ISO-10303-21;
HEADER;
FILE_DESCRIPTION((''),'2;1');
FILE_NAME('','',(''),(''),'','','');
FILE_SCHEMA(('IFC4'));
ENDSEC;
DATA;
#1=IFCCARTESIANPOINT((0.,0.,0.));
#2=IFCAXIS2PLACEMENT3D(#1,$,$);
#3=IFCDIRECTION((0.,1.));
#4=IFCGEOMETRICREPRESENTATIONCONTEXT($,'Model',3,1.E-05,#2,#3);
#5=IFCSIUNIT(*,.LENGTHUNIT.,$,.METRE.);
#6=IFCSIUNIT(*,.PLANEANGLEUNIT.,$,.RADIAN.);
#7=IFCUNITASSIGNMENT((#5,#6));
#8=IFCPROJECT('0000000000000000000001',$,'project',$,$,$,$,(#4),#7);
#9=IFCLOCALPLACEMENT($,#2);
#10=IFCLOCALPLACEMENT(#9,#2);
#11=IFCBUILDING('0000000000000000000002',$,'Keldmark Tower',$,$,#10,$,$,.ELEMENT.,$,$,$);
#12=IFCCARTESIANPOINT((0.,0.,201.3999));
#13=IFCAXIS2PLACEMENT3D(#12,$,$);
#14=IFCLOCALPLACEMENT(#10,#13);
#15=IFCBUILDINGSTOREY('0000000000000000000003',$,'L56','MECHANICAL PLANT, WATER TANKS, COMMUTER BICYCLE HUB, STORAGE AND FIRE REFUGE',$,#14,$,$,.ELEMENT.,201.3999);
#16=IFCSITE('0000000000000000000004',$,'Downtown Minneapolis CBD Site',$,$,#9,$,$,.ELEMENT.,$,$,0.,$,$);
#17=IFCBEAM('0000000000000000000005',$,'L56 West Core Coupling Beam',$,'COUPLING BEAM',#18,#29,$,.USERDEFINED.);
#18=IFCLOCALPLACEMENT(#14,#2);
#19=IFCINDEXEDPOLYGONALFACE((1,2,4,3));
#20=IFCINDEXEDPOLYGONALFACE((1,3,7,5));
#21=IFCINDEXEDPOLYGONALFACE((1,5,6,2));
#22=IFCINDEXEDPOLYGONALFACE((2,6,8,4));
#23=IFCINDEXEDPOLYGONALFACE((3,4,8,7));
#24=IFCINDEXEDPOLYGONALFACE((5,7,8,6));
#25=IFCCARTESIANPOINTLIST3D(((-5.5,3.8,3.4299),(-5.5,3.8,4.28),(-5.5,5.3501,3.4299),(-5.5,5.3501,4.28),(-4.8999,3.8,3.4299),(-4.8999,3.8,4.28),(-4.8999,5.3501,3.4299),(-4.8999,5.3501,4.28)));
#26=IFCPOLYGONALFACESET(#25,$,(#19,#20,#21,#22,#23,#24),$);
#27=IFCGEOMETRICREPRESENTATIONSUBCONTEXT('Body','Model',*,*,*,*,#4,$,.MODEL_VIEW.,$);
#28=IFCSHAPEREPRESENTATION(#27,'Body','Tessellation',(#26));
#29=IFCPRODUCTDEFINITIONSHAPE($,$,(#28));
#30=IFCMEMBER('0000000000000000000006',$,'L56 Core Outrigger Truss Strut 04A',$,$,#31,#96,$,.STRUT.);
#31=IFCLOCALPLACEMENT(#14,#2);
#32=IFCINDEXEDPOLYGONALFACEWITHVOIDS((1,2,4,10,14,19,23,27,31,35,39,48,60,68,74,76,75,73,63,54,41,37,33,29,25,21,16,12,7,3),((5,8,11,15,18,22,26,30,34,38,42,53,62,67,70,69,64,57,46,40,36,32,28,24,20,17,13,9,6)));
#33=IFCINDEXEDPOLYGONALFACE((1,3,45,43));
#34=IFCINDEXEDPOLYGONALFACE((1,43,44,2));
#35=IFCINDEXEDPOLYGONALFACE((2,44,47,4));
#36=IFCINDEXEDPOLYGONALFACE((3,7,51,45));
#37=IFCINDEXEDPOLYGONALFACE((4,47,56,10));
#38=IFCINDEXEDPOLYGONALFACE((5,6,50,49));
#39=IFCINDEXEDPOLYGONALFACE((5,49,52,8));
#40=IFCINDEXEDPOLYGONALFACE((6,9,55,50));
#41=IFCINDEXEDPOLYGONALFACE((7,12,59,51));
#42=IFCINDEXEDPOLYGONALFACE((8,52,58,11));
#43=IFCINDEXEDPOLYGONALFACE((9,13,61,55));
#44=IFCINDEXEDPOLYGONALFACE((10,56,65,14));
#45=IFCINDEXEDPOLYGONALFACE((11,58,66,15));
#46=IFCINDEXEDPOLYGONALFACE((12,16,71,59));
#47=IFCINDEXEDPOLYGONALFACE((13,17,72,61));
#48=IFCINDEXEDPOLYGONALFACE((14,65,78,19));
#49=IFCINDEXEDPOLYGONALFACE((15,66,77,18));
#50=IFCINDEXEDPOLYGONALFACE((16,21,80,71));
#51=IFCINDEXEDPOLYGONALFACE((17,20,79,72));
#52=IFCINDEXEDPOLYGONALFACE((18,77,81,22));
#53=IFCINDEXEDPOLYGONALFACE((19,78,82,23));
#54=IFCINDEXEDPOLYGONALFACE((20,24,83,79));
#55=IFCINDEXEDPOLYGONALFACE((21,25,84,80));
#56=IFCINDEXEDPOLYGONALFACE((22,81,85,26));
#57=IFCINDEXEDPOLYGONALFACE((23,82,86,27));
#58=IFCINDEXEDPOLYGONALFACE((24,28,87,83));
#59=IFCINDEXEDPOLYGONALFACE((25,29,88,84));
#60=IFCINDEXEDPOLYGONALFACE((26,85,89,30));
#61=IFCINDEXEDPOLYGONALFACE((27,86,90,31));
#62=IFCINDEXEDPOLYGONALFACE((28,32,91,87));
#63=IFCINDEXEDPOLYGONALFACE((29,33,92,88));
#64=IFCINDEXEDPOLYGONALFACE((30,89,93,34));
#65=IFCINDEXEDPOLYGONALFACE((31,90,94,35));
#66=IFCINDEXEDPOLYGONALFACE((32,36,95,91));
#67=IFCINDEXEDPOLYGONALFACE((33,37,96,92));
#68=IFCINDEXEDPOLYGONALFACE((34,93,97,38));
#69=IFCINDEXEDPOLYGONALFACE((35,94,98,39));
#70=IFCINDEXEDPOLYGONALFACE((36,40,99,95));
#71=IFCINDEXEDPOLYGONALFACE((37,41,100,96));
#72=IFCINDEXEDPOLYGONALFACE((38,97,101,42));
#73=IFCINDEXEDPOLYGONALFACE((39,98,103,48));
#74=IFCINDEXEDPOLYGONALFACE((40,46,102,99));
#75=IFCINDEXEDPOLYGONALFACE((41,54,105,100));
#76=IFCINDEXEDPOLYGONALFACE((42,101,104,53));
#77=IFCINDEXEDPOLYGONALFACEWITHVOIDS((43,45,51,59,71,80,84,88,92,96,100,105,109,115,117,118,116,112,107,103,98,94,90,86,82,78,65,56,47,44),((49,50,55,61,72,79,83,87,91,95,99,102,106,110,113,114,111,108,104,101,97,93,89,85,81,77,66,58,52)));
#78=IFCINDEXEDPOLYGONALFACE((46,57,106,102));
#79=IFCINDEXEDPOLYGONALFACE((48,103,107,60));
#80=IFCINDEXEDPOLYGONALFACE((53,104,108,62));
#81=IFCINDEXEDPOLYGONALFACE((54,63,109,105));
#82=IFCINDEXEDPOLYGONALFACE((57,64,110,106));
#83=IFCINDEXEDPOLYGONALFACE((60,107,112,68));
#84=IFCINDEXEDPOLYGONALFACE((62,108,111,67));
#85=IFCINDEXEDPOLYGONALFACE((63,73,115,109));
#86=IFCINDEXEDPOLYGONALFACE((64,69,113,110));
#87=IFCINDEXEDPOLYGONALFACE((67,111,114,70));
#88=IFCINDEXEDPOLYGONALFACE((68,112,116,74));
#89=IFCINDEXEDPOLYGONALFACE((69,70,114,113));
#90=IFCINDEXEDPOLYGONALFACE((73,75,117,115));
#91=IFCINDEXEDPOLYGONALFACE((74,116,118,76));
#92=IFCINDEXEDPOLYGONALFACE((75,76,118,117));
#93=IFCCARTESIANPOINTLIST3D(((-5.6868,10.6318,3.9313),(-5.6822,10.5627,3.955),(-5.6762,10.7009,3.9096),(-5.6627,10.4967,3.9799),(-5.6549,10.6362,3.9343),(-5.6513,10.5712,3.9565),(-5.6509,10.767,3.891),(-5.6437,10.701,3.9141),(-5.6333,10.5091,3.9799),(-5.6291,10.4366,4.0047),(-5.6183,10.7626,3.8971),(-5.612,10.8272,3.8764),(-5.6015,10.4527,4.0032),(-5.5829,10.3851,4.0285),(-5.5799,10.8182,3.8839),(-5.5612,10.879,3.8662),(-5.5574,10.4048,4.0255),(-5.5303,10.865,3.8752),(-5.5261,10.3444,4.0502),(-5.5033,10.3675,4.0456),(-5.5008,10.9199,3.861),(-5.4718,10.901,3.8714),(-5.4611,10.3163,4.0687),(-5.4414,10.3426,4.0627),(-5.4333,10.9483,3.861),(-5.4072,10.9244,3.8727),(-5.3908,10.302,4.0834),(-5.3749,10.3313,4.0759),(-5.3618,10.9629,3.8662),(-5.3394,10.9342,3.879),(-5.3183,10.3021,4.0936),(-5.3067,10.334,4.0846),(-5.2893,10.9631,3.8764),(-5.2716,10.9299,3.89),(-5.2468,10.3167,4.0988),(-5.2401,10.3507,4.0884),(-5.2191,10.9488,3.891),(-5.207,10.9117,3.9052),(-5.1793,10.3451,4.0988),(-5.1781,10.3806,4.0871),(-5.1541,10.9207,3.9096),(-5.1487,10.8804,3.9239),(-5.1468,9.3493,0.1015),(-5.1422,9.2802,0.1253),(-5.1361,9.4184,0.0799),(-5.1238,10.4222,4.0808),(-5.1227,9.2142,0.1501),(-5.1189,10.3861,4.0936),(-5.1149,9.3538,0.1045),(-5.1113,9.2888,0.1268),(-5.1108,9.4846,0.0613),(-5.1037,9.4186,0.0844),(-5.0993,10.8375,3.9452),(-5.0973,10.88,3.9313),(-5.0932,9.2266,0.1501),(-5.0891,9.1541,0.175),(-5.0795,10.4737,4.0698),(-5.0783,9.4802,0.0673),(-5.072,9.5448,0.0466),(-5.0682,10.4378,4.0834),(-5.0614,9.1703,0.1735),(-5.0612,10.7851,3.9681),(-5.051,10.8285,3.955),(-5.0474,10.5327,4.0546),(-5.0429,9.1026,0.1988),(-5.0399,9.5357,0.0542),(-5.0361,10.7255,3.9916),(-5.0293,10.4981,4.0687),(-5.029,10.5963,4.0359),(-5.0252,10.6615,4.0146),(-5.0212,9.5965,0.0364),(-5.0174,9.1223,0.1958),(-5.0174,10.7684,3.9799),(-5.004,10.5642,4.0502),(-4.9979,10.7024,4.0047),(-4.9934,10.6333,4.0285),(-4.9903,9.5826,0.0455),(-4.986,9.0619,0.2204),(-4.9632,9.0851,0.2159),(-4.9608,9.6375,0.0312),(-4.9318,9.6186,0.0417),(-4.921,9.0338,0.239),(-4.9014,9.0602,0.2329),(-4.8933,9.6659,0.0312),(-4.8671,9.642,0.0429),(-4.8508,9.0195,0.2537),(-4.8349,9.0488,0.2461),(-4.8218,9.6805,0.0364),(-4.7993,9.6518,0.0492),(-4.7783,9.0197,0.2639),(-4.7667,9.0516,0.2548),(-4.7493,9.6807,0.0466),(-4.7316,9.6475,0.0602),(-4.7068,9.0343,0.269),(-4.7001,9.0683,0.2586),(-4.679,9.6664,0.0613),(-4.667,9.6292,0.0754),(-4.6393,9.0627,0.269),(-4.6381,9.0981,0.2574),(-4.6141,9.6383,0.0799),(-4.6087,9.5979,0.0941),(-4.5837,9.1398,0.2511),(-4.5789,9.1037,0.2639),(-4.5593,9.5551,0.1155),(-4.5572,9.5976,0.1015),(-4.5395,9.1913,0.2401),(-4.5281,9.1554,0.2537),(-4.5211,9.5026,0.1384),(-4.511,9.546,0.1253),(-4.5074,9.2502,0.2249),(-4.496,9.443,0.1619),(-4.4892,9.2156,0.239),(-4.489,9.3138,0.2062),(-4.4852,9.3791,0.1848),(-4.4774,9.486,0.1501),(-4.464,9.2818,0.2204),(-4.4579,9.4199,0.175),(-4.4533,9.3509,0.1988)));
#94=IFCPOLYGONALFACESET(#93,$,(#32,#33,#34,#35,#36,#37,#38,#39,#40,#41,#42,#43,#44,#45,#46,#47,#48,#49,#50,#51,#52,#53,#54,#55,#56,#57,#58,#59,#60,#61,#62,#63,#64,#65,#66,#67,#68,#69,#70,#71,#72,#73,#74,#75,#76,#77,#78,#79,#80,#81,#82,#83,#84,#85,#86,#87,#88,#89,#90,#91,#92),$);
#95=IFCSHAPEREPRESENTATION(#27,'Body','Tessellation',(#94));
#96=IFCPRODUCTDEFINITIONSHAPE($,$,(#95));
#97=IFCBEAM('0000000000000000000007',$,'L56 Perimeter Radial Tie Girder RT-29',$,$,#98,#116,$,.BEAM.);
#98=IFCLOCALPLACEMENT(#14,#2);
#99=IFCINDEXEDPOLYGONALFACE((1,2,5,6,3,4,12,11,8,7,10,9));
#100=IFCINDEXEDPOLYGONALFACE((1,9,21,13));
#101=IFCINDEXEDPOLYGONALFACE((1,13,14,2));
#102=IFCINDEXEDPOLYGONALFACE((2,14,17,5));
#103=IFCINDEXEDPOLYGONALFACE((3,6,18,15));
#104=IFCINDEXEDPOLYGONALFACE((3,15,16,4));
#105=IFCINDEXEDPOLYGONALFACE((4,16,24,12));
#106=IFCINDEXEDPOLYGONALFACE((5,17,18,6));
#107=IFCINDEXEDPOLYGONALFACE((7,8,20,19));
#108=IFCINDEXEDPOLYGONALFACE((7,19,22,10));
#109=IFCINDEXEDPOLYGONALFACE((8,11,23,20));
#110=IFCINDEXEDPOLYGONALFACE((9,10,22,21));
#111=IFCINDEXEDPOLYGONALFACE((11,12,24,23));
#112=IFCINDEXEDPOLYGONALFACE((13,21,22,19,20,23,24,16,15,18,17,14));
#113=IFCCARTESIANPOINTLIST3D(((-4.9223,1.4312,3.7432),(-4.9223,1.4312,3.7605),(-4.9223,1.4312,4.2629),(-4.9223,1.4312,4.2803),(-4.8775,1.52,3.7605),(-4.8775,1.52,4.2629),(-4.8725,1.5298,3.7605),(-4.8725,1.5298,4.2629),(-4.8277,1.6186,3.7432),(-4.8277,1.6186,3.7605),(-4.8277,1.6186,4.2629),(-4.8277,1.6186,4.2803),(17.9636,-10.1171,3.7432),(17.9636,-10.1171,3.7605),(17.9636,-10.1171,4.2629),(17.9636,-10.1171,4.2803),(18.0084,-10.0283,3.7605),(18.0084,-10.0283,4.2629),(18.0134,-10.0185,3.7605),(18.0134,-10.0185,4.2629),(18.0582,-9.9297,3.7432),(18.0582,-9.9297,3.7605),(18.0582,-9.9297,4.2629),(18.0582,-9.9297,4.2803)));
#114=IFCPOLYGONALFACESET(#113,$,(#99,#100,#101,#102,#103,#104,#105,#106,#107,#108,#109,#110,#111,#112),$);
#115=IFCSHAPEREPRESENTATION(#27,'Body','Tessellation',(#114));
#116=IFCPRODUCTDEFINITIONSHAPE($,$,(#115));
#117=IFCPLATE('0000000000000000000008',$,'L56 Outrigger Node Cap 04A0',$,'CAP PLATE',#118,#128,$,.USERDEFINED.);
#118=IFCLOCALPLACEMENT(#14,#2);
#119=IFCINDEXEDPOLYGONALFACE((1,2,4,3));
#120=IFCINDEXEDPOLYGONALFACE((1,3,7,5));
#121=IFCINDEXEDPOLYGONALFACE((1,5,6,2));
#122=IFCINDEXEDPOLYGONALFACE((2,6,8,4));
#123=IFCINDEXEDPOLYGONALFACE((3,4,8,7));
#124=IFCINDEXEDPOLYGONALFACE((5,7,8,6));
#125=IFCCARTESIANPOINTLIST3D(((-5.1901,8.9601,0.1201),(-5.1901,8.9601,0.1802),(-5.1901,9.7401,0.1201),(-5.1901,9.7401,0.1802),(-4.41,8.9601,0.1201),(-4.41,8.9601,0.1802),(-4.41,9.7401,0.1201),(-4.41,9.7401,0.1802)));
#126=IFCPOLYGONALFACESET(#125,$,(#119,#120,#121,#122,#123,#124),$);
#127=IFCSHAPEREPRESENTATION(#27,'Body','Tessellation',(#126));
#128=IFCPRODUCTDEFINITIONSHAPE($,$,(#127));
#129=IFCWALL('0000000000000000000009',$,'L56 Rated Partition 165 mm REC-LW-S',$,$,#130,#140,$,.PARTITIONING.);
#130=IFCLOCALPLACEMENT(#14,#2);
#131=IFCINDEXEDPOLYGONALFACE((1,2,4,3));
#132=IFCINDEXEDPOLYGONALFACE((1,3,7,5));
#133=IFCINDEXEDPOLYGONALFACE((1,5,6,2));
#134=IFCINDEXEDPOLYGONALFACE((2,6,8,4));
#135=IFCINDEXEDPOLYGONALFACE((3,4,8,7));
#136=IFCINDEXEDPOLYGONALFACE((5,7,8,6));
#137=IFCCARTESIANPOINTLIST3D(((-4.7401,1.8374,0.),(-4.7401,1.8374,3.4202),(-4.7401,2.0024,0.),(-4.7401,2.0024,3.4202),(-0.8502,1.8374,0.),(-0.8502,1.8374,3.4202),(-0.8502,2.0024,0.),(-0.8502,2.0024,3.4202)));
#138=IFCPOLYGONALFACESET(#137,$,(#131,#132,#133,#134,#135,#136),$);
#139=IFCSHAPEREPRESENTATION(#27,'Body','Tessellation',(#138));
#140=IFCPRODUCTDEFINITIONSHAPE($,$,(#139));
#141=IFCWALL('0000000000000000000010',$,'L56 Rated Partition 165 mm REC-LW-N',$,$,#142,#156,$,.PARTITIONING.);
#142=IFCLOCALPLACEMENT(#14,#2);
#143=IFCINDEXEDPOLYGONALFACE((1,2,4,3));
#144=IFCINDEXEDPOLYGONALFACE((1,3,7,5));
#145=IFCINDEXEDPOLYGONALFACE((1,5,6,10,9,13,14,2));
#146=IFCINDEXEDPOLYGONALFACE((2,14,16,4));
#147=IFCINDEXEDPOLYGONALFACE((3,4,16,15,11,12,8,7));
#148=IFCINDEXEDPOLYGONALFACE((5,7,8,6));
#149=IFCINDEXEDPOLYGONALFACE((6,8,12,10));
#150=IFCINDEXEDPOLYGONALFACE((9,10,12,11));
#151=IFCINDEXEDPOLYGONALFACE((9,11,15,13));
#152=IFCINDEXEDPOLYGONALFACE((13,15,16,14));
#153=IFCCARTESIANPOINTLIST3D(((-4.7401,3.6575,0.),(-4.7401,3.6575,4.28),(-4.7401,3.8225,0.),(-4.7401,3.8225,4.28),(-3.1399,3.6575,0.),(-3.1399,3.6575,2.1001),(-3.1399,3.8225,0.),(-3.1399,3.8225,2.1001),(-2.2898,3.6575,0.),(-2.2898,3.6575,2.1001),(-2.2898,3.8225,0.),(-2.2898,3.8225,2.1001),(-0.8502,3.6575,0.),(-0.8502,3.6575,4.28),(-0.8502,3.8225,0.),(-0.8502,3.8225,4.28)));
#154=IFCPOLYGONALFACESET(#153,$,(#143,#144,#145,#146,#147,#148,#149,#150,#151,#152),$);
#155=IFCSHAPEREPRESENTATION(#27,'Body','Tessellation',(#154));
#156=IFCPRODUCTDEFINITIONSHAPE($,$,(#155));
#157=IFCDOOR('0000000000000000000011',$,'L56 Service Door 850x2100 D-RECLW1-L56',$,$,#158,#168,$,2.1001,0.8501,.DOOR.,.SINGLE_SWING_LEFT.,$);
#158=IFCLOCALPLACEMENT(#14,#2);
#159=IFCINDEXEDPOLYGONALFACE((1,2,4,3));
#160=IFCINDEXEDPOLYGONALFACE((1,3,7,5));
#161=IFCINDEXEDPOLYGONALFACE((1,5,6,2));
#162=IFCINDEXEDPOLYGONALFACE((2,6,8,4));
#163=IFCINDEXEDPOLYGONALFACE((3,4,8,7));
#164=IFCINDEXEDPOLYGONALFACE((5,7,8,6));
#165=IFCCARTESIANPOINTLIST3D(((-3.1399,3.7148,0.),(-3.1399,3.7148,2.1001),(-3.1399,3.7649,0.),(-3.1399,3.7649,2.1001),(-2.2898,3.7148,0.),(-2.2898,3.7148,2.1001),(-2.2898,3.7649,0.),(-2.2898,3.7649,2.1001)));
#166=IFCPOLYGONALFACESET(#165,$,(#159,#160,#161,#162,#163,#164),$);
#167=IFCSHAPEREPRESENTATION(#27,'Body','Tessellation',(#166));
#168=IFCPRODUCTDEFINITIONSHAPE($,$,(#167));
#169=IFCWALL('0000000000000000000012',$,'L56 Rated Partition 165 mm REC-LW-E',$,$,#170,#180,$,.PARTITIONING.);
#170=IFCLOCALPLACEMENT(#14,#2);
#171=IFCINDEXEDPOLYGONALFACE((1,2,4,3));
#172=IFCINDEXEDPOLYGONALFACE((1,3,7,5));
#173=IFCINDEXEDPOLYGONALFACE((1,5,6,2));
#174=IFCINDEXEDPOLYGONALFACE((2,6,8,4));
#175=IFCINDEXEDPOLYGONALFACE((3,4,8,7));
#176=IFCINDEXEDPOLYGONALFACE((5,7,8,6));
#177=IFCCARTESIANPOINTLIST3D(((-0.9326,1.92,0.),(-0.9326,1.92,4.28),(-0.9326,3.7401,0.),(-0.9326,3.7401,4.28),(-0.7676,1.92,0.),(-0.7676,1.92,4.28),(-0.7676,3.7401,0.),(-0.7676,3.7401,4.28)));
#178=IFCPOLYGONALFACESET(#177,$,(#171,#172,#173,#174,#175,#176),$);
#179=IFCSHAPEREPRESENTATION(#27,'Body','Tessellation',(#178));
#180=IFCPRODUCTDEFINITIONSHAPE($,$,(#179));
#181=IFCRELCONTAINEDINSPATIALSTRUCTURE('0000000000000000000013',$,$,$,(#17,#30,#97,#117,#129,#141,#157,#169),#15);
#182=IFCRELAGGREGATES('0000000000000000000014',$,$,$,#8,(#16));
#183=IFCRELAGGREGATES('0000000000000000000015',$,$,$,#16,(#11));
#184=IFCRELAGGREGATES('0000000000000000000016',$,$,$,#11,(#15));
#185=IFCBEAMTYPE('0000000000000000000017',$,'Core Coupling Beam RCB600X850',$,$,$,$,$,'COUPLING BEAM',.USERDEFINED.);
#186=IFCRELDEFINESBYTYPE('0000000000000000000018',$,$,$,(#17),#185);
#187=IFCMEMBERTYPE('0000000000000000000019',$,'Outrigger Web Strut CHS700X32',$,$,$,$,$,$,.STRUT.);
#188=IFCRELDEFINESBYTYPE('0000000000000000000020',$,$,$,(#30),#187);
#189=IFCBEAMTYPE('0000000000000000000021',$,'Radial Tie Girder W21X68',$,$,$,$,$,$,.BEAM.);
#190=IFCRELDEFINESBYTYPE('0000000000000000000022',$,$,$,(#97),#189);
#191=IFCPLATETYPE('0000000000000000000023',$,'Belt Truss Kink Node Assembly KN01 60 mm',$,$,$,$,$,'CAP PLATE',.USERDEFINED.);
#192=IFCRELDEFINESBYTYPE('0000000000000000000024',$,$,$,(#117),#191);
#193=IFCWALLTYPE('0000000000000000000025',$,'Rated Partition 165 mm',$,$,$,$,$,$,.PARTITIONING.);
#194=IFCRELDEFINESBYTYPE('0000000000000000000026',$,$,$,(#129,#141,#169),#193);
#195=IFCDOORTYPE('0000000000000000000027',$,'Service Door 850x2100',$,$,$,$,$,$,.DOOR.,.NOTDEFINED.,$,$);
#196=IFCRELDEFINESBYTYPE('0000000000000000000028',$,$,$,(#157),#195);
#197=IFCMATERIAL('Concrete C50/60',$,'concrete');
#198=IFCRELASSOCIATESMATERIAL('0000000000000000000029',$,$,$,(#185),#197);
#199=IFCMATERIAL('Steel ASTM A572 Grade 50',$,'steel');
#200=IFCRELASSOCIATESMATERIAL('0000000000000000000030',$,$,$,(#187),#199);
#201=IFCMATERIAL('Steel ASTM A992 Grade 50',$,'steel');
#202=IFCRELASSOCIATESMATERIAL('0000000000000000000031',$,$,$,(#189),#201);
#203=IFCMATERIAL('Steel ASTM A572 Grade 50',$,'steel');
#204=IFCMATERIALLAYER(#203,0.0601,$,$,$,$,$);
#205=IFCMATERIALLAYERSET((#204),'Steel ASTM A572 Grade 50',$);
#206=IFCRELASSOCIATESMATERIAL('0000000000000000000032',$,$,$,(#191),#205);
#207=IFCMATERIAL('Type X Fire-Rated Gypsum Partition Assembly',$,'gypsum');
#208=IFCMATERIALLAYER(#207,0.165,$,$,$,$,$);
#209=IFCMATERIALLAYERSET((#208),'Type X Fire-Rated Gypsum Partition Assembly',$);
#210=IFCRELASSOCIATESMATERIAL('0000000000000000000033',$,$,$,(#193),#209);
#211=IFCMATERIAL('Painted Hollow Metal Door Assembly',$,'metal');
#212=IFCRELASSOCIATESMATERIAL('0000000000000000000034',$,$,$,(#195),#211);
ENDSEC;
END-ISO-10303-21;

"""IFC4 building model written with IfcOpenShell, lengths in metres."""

from ifc_helpers import new_model, si_unit, direction, frame, frame_2d, origin, origin_2d, place, context, subcontext, project, spatial, rectangle, hollow_circle, i_section, extrude, material, layer, layer_set, material_profile, profile_set, type_object, element, fill, save


model = new_model("IFC4")

# Units and contexts
model_context = context("Model", 3, precision=1e-05, world=origin(), true_north=direction((0.0, 1.0)))
body_context = subcontext(model_context, "Body", "Model", "MODEL_VIEW")
ifc_project = project(units=[si_unit("LENGTHUNIT", "METRE"), si_unit("PLANEANGLEUNIT", "RADIAN")], contexts=[model_context])

# Site, building, storey
site_placement = place(None, origin())
site = spatial("IfcSite", under=ifc_project, at=site_placement, Name="Downtown Minneapolis CBD Site", CompositionType="ELEMENT", RefElevation=0.0)
building_placement = place(site_placement, origin())
building = spatial("IfcBuilding", under=site, at=building_placement, Name="Keldmark Tower", CompositionType="ELEMENT")
storey_placement = place(building_placement, frame((0.0, 0.0, 201.3999)))
storey = spatial("IfcBuildingStorey", under=building, at=storey_placement, Name="L56", Description="MECHANICAL PLANT, WATER TANKS, COMMUTER BICYCLE HUB, STORAGE AND FIRE REFUGE", CompositionType="ELEMENT", Elevation=201.3999)

# Beam
ifc_material_1 = material(Name="Concrete C50/60", Category="concrete")
ifc_material_profile_1 = material_profile(ifc_material_1, rectangle(XDim=0.6001, YDim=0.8501, at=origin_2d()), Name="RCB600X850")
ifc_profile_set_1 = profile_set([ifc_material_profile_1], Name="Concrete C50/60")
beam_type_1 = type_object("IfcBeamType", Name="Core Coupling Beam RCB600X850", ElementType="COUPLING BEAM", PredefinedType="USERDEFINED", material=ifc_profile_set_1)
beam_1_placement = place(storey_placement, frame((-5.2, 3.8, 3.855), z_axis=(0.0, 1.0, 0.0), x_axis=(-1.0, 0.0, 0.0)))
element("IfcBeam", 1, at=beam_1_placement, inside=storey, type_object=beam_type_1, Name="L56 West Core Coupling Beam", ObjectType="COUPLING BEAM", PredefinedType="USERDEFINED", context=body_context, shape_type="SweptSolid", body=[
    extrude(rectangle(XDim=0.6001, YDim=0.8501, at=origin_2d()), origin(), (0.0, 0.0, 1.0), 1.55),
])

# Member
ifc_material_2 = material(Name="Steel ASTM A572 Grade 50", Category="steel")
ifc_material_profile_2 = material_profile(ifc_material_2, hollow_circle(Radius=0.3501, WallThickness=0.032, at=origin_2d()), Name="CHS700X32")
ifc_profile_set_2 = profile_set([ifc_material_profile_2], Name="Steel ASTM A572 Grade 50")
member_type = type_object("IfcMemberType", Name="Outrigger Web Strut CHS700X32", PredefinedType="STRUT", material=ifc_profile_set_2)
member_placement = place(storey_placement, frame((-4.8, 9.3501, 0.1501), z_axis=(-0.132531, 0.314732, 0.939883), x_axis=(-0.921622, -0.388088, 0.0)))
element("IfcMember", 2, at=member_placement, inside=storey, type_object=member_type, Name="L56 Core Outrigger Truss Strut 04A", PredefinedType="STRUT", context=body_context, shape_type="SweptSolid", body=[
    extrude(hollow_circle(Radius=0.3501, WallThickness=0.032, at=origin_2d()), origin(), (0.0, 0.0, 1.0), 4.0747),
])

# Beam
ifc_material_3 = material(Name="Steel ASTM A992 Grade 50", Category="steel")
ifc_material_profile_3 = material_profile(ifc_material_3, i_section(OverallWidth=0.21, OverallDepth=0.5371, WebThickness=0.011, FlangeThickness=0.0173, at=origin_2d()), Name="W21X68")
ifc_profile_set_3 = profile_set([ifc_material_profile_3], Name="Steel ASTM A992 Grade 50")
beam_type_2 = type_object("IfcBeamType", Name="Radial Tie Girder W21X68", PredefinedType="BEAM", material=ifc_profile_set_3)
beam_2_placement = place(storey_placement, frame((-4.875, 1.5249, 4.0117), z_axis=(0.892777, -0.450498, 0.0), x_axis=(0.450498, 0.892777, 0.0)))
element("IfcBeam", 3, at=beam_2_placement, inside=storey, type_object=beam_type_2, Name="L56 Perimeter Radial Tie Girder RT-29", PredefinedType="BEAM", context=body_context, shape_type="SweptSolid", body=[
    extrude(i_section(OverallWidth=0.21, OverallDepth=0.5371, WebThickness=0.011, FlangeThickness=0.0173, at=origin_2d()), origin(), (0.0, 0.0, 1.0), 25.6345),
])

# Plate
ifc_material_4 = material(Name="Steel ASTM A572 Grade 50", Category="steel")
ifc_layer_1 = layer(ifc_material_4, 0.0601)
ifc_layer_set_1 = layer_set([ifc_layer_1], Name="Steel ASTM A572 Grade 50")
plate_type = type_object("IfcPlateType", Name="Belt Truss Kink Node Assembly KN01 60 mm", ElementType="CAP PLATE", PredefinedType="USERDEFINED", material=ifc_layer_set_1)
plate_placement = place(storey_placement, frame((-4.8, 9.3501, 0.1201), z_axis=(0.0, 0.0, 1.0), x_axis=(1.0, 0.0, 0.0)))
element("IfcPlate", 4, at=plate_placement, inside=storey, type_object=plate_type, Name="L56 Outrigger Node Cap 04A0", ObjectType="CAP PLATE", PredefinedType="USERDEFINED", context=body_context, shape_type="SweptSolid", body=[
    extrude(rectangle(XDim=0.78, YDim=0.78, at=origin_2d()), origin(), (0.0, 0.0, 1.0), 0.0601),
])

# Wall
ifc_material_5 = material(Name="Type X Fire-Rated Gypsum Partition Assembly", Category="gypsum")
ifc_layer_2 = layer(ifc_material_5, 0.165)
ifc_layer_set_2 = layer_set([ifc_layer_2], Name="Type X Fire-Rated Gypsum Partition Assembly")
wall_type_1 = type_object("IfcWallType", Name="Rated Partition 165 mm", PredefinedType="PARTITIONING", material=ifc_layer_set_2)
wall_1_placement = place(storey_placement, frame((-4.74, 1.9199, 0.0), z_axis=(0.0, 0.0, 1.0), x_axis=(1.0, 0.0, 0.0)))
element("IfcWall", 5, at=wall_1_placement, inside=storey, type_object=wall_type_1, Name="L56 Rated Partition 165 mm REC-LW-S", PredefinedType="PARTITIONING", context=body_context, shape_type="SweptSolid", body=[
    extrude(rectangle(XDim=3.8899, YDim=0.165, at=frame_2d((1.9448, 0.0))), origin(), (0.0, 0.0, 1.0), 3.4202),
])

# Wall, opening, door
wall_2_placement = place(storey_placement, frame((-4.74, 3.74, 0.0), z_axis=(0.0, 0.0, 1.0), x_axis=(1.0, 0.0, 0.0)))
wall_2 = element("IfcWall", 6, at=wall_2_placement, inside=storey, type_object=wall_type_1, Name="L56 Rated Partition 165 mm REC-LW-N", PredefinedType="PARTITIONING", context=body_context, shape_type="SweptSolid", body=[
    extrude(rectangle(XDim=3.8899, YDim=0.165, at=frame_2d((1.9448, 0.0))), origin(), (0.0, 0.0, 1.0), 4.28),
])
opening_1_placement = place(wall_2_placement, frame((1.6001, 0.0, 0.0)))
opening_1 = element("IfcOpeningElement", 7, at=opening_1_placement, cuts=wall_2, PredefinedType="OPENING", context=body_context, shape_type="SweptSolid", body=[
    extrude(rectangle(XDim=0.8501, YDim=2.1001, at=frame_2d((0.425, 1.05))), frame((0.0, 0.0925, 0.0), z_axis=(0.0, -1.0, 0.0), x_axis=(1.0, 0.0, 0.0)), (0.0, 0.0, 1.0), 0.1851),
])
ifc_material_6 = material(Name="Painted Hollow Metal Door Assembly", Category="metal")
door_type_1 = type_object("IfcDoorType", Name="Service Door 850x2100", OperationType="NOTDEFINED", PredefinedType="DOOR", material=ifc_material_6)
door_1_placement = place(opening_1_placement, origin())
door_1 = element("IfcDoor", 8, at=door_1_placement, inside=storey, type_object=door_type_1, Name="L56 Service Door 850x2100 D-RECLW1-L56", OperationType="SINGLE_SWING_LEFT", OverallHeight=2.1001, OverallWidth=0.8501, PredefinedType="DOOR", context=body_context, shape_type="SweptSolid", body=[
    extrude(rectangle(XDim=0.8501, YDim=2.1001, at=frame_2d((0.425, 1.05))), frame((0.0, 0.0249, 0.0), z_axis=(0.0, -1.0, 0.0), x_axis=(1.0, 0.0, 0.0)), (0.0, 0.0, 1.0), 0.05),
])
fill(opening_1, door_1)

# Wall
wall_3_placement = place(storey_placement, frame((-0.8501, 1.9199, 0.0), z_axis=(0.0, 0.0, 1.0), x_axis=(0.0, 1.0, 0.0)))
element("IfcWall", 9, at=wall_3_placement, inside=storey, type_object=wall_type_1, Name="L56 Rated Partition 165 mm REC-LW-E", PredefinedType="PARTITIONING", context=body_context, shape_type="SweptSolid", body=[
    extrude(rectangle(XDim=1.8201, YDim=0.165, at=frame_2d((0.9102, 0.0))), origin(), (0.0, 0.0, 1.0), 4.28),
])

save(model, "model.ifc")
